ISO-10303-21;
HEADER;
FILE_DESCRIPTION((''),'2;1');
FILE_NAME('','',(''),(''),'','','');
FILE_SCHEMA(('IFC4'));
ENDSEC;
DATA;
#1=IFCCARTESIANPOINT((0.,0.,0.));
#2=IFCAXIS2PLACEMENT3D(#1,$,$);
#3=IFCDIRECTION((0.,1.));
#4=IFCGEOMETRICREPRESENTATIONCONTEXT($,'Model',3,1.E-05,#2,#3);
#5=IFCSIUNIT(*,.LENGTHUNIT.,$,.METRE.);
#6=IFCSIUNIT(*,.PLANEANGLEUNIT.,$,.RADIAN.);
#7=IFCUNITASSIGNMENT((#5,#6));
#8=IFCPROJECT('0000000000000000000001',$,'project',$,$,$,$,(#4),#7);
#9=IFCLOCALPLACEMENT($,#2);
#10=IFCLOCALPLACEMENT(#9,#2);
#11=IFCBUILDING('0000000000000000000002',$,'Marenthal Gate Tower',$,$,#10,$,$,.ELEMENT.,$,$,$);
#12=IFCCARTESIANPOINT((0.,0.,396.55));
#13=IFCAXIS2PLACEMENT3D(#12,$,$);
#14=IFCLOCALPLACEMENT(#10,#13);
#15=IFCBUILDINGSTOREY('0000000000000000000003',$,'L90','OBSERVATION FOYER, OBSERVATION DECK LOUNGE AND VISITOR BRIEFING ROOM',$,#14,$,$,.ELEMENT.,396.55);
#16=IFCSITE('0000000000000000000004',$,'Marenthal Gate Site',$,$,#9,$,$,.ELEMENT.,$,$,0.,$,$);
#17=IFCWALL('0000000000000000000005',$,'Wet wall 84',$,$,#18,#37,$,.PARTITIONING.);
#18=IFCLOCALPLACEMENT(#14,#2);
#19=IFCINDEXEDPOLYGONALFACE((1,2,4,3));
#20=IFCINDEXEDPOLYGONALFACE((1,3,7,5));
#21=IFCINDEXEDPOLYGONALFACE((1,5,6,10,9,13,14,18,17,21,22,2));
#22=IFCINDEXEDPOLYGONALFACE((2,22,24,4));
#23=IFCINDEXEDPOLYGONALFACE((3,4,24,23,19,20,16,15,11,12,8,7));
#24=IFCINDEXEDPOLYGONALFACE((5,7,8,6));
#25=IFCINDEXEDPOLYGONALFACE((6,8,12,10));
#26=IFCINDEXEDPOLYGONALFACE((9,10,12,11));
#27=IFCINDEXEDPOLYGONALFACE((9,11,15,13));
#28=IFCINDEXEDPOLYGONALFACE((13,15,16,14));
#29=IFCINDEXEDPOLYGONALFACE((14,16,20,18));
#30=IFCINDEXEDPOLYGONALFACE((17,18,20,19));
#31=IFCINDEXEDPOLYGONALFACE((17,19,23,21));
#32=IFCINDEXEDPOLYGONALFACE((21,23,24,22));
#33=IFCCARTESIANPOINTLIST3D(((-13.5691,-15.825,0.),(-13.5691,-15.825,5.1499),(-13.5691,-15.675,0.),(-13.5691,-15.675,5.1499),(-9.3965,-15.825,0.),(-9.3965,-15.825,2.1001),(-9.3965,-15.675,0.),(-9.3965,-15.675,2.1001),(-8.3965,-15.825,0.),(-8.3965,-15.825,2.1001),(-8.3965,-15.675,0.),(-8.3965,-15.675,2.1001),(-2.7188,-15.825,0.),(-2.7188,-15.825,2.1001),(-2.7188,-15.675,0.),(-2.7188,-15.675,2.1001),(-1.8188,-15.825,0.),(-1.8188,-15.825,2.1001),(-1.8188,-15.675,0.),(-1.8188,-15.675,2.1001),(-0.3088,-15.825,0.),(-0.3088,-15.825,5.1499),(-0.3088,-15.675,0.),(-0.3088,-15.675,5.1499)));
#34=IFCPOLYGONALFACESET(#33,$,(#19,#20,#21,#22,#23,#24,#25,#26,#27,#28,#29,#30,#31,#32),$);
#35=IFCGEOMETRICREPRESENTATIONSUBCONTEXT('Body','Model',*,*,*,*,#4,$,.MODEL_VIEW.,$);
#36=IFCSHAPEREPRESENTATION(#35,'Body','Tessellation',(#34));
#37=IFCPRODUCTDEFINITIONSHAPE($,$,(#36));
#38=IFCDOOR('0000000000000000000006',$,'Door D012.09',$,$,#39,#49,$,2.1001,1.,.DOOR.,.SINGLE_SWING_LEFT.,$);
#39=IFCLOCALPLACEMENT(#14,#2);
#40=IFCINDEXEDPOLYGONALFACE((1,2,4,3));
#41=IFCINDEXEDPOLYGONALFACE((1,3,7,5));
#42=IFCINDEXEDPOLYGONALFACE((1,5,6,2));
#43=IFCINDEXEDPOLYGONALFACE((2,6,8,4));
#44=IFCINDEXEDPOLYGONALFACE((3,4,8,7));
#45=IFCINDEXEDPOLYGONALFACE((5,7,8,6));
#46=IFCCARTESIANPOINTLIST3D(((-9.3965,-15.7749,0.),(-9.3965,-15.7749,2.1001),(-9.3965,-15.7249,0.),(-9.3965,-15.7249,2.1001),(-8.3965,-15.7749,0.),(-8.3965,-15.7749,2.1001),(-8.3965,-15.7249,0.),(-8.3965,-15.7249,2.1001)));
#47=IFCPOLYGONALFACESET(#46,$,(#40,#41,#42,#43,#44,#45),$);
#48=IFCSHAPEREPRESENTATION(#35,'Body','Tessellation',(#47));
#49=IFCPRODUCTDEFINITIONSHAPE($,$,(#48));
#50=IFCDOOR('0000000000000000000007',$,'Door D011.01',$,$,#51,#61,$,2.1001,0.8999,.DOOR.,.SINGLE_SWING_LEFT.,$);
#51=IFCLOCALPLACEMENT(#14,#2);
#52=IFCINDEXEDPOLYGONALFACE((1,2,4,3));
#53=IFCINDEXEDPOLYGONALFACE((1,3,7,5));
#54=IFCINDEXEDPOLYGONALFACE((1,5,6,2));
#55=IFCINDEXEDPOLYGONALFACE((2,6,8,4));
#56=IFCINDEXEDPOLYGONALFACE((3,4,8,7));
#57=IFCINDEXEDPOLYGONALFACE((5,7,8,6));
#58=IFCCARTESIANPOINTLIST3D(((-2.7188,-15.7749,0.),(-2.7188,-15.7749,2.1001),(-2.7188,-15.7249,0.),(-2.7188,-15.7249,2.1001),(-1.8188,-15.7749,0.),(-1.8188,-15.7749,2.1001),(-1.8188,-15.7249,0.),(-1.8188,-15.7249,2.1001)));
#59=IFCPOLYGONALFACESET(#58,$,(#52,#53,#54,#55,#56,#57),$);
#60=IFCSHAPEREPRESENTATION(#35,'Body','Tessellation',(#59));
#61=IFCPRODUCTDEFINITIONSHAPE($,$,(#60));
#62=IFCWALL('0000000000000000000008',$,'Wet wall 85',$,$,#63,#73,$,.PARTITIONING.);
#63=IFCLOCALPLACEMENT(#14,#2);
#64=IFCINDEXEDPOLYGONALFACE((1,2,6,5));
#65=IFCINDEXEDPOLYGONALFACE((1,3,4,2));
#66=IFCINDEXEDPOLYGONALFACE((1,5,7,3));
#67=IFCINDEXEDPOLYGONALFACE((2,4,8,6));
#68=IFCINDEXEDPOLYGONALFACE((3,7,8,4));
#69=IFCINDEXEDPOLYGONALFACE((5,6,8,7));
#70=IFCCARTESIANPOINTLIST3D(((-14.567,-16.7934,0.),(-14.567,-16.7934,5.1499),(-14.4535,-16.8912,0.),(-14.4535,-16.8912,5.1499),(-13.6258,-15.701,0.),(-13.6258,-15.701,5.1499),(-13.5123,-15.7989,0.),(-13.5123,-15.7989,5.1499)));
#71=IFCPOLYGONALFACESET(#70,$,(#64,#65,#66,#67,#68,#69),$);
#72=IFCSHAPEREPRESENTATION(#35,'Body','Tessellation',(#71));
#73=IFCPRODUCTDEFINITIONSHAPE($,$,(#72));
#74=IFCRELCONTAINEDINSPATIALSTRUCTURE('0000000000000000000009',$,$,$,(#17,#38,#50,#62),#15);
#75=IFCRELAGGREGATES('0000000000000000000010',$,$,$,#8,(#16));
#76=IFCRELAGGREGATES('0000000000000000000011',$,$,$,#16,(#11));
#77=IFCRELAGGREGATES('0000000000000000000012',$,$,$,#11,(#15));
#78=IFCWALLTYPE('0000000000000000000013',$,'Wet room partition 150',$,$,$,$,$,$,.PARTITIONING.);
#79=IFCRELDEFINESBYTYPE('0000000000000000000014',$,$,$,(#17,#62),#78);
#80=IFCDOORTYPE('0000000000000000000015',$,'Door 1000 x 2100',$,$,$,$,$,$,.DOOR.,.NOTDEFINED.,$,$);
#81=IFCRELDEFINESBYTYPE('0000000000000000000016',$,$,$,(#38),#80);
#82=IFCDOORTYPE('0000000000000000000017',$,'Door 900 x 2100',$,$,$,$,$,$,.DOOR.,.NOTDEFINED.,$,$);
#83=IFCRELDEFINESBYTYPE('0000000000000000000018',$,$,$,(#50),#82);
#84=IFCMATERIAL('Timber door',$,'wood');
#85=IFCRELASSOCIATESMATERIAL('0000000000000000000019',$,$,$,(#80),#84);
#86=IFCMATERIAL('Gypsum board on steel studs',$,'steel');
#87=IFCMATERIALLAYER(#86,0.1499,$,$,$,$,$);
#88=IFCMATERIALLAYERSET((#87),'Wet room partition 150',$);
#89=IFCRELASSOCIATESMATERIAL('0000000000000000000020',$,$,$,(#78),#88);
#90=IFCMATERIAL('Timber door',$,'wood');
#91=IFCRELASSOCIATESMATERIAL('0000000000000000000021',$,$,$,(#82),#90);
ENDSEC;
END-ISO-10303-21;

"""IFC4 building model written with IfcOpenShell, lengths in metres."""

from ifc_helpers import new_model, si_unit, direction, frame, frame_2d, origin, place, context, subcontext, project, spatial, rectangle, extrude, material, layer, layer_set, type_object, element, fill, save


model = new_model("IFC4")

# Units and contexts
model_context = context("Model", 3, precision=1e-05, world=origin(), true_north=direction((0.0, 1.0)))
body_context = subcontext(model_context, "Body", "Model", "MODEL_VIEW")
ifc_project = project(units=[si_unit("LENGTHUNIT", "METRE"), si_unit("PLANEANGLEUNIT", "RADIAN")], contexts=[model_context])

# Site, building, storey
site_placement = place(None, origin())
site = spatial("IfcSite", under=ifc_project, at=site_placement, Name="Marenthal Gate Site", CompositionType="ELEMENT", RefElevation=0.0)
building_placement = place(site_placement, origin())
building = spatial("IfcBuilding", under=site, at=building_placement, Name="Marenthal Gate Tower", CompositionType="ELEMENT")
storey_placement = place(building_placement, frame((0.0, 0.0, 396.55)))
storey = spatial("IfcBuildingStorey", under=building, at=storey_placement, Name="L90", Description="OBSERVATION FOYER, OBSERVATION DECK LOUNGE AND VISITOR BRIEFING ROOM", CompositionType="ELEMENT", Elevation=396.55)

# Shared definitions
ifc_material_1 = material(Name="Timber door", Category="wood")
door_type_1 = type_object("IfcDoorType", Name="Door 1000 x 2100", OperationType="NOTDEFINED", PredefinedType="DOOR", material=ifc_material_1)

# Wall, openings, doors
ifc_material_2 = material(Name="Gypsum board on steel studs", Category="steel")
ifc_layer_1 = layer(ifc_material_2, 0.1499)
ifc_layer_set_1 = layer_set([ifc_layer_1], Name="Wet room partition 150")
wall_type_1 = type_object("IfcWallType", Name="Wet room partition 150", PredefinedType="PARTITIONING", material=ifc_layer_set_1)
wall_1_placement = place(storey_placement, frame((-13.5691, -15.75, 0.0), z_axis=(0.0, 0.0, 1.0), x_axis=(1.0, 0.0, 0.0)))
wall_1 = element("IfcWall", 1, at=wall_1_placement, inside=storey, type_object=wall_type_1, Name="Wet wall 84", PredefinedType="PARTITIONING", context=body_context, shape_type="SweptSolid", body=[
    extrude(rectangle(XDim=13.2603, YDim=0.1499, at=frame_2d((6.6301, 0.0))), origin(), (0.0, 0.0, 1.0), 5.1499),
])
opening_1_placement = place(wall_1_placement, frame((4.1726, 0.0, 0.0)))
opening_1 = element("IfcOpeningElement", 2, at=opening_1_placement, cuts=wall_1, PredefinedType="OPENING", context=body_context, shape_type="SweptSolid", body=[
    extrude(rectangle(XDim=1.0, YDim=2.1001, at=frame_2d((0.5, 1.05))), frame((0.0, 0.085, 0.0), z_axis=(0.0, -1.0, 0.0), x_axis=(1.0, 0.0, 0.0)), (0.0, 0.0, 1.0), 0.1699),
])
opening_2_placement = place(wall_1_placement, frame((10.8503, 0.0, 0.0)))
opening_2 = element("IfcOpeningElement", 3, at=opening_2_placement, cuts=wall_1, PredefinedType="OPENING", context=body_context, shape_type="SweptSolid", body=[
    extrude(rectangle(XDim=0.8999, YDim=2.1001, at=frame_2d((0.45, 1.05))), frame((0.0, 0.085, 0.0), z_axis=(0.0, -1.0, 0.0), x_axis=(1.0, 0.0, 0.0)), (0.0, 0.0, 1.0), 0.1699),
])
door_1_placement = place(opening_1_placement, frame((1.0, 0.0, 0.0), z_axis=(0.0, 0.0, 1.0), x_axis=(-1.0, 0.0, 0.0)))
door_1 = element("IfcDoor", 4, at=door_1_placement, inside=storey, type_object=door_type_1, Name="Door D012.09", OperationType="SINGLE_SWING_LEFT", OverallHeight=2.1001, OverallWidth=1.0, PredefinedType="DOOR", context=body_context, shape_type="SweptSolid", body=[
    extrude(rectangle(XDim=1.0, YDim=2.1001, at=frame_2d((0.5, 1.05))), frame((0.0, 0.0249, 0.0), z_axis=(0.0, -1.0, 0.0), x_axis=(1.0, 0.0, 0.0)), (0.0, 0.0, 1.0), 0.05),
])
fill(opening_1, door_1)
ifc_material_3 = material(Name="Timber door", Category="wood")
door_type_2 = type_object("IfcDoorType", Name="Door 900 x 2100", OperationType="NOTDEFINED", PredefinedType="DOOR", material=ifc_material_3)
door_2_placement = place(opening_2_placement, frame((0.8999, 0.0, 0.0), z_axis=(0.0, 0.0, 1.0), x_axis=(-1.0, 0.0, 0.0)))
door_2 = element("IfcDoor", 5, at=door_2_placement, inside=storey, type_object=door_type_2, Name="Door D011.01", OperationType="SINGLE_SWING_LEFT", OverallHeight=2.1001, OverallWidth=0.8999, PredefinedType="DOOR", context=body_context, shape_type="SweptSolid", body=[
    extrude(rectangle(XDim=0.8999, YDim=2.1001, at=frame_2d((0.45, 1.05))), frame((0.0, 0.0249, 0.0), z_axis=(0.0, -1.0, 0.0), x_axis=(1.0, 0.0, 0.0)), (0.0, 0.0, 1.0), 0.05),
])
fill(opening_2, door_2)

# Wall
wall_2_placement = place(storey_placement, frame((-14.5103, -16.8423, 0.0), z_axis=(0.0, 0.0, 1.0), x_axis=(0.652755, 0.757569, 0.0)))
element("IfcWall", 6, at=wall_2_placement, inside=storey, type_object=wall_type_1, Name="Wet wall 85", PredefinedType="PARTITIONING", context=body_context, shape_type="SweptSolid", body=[
    extrude(rectangle(XDim=1.4419, YDim=0.1499, at=frame_2d((0.7209, 0.0))), origin(), (0.0, 0.0, 1.0), 5.1499),
])

save(model, "model.ifc")
